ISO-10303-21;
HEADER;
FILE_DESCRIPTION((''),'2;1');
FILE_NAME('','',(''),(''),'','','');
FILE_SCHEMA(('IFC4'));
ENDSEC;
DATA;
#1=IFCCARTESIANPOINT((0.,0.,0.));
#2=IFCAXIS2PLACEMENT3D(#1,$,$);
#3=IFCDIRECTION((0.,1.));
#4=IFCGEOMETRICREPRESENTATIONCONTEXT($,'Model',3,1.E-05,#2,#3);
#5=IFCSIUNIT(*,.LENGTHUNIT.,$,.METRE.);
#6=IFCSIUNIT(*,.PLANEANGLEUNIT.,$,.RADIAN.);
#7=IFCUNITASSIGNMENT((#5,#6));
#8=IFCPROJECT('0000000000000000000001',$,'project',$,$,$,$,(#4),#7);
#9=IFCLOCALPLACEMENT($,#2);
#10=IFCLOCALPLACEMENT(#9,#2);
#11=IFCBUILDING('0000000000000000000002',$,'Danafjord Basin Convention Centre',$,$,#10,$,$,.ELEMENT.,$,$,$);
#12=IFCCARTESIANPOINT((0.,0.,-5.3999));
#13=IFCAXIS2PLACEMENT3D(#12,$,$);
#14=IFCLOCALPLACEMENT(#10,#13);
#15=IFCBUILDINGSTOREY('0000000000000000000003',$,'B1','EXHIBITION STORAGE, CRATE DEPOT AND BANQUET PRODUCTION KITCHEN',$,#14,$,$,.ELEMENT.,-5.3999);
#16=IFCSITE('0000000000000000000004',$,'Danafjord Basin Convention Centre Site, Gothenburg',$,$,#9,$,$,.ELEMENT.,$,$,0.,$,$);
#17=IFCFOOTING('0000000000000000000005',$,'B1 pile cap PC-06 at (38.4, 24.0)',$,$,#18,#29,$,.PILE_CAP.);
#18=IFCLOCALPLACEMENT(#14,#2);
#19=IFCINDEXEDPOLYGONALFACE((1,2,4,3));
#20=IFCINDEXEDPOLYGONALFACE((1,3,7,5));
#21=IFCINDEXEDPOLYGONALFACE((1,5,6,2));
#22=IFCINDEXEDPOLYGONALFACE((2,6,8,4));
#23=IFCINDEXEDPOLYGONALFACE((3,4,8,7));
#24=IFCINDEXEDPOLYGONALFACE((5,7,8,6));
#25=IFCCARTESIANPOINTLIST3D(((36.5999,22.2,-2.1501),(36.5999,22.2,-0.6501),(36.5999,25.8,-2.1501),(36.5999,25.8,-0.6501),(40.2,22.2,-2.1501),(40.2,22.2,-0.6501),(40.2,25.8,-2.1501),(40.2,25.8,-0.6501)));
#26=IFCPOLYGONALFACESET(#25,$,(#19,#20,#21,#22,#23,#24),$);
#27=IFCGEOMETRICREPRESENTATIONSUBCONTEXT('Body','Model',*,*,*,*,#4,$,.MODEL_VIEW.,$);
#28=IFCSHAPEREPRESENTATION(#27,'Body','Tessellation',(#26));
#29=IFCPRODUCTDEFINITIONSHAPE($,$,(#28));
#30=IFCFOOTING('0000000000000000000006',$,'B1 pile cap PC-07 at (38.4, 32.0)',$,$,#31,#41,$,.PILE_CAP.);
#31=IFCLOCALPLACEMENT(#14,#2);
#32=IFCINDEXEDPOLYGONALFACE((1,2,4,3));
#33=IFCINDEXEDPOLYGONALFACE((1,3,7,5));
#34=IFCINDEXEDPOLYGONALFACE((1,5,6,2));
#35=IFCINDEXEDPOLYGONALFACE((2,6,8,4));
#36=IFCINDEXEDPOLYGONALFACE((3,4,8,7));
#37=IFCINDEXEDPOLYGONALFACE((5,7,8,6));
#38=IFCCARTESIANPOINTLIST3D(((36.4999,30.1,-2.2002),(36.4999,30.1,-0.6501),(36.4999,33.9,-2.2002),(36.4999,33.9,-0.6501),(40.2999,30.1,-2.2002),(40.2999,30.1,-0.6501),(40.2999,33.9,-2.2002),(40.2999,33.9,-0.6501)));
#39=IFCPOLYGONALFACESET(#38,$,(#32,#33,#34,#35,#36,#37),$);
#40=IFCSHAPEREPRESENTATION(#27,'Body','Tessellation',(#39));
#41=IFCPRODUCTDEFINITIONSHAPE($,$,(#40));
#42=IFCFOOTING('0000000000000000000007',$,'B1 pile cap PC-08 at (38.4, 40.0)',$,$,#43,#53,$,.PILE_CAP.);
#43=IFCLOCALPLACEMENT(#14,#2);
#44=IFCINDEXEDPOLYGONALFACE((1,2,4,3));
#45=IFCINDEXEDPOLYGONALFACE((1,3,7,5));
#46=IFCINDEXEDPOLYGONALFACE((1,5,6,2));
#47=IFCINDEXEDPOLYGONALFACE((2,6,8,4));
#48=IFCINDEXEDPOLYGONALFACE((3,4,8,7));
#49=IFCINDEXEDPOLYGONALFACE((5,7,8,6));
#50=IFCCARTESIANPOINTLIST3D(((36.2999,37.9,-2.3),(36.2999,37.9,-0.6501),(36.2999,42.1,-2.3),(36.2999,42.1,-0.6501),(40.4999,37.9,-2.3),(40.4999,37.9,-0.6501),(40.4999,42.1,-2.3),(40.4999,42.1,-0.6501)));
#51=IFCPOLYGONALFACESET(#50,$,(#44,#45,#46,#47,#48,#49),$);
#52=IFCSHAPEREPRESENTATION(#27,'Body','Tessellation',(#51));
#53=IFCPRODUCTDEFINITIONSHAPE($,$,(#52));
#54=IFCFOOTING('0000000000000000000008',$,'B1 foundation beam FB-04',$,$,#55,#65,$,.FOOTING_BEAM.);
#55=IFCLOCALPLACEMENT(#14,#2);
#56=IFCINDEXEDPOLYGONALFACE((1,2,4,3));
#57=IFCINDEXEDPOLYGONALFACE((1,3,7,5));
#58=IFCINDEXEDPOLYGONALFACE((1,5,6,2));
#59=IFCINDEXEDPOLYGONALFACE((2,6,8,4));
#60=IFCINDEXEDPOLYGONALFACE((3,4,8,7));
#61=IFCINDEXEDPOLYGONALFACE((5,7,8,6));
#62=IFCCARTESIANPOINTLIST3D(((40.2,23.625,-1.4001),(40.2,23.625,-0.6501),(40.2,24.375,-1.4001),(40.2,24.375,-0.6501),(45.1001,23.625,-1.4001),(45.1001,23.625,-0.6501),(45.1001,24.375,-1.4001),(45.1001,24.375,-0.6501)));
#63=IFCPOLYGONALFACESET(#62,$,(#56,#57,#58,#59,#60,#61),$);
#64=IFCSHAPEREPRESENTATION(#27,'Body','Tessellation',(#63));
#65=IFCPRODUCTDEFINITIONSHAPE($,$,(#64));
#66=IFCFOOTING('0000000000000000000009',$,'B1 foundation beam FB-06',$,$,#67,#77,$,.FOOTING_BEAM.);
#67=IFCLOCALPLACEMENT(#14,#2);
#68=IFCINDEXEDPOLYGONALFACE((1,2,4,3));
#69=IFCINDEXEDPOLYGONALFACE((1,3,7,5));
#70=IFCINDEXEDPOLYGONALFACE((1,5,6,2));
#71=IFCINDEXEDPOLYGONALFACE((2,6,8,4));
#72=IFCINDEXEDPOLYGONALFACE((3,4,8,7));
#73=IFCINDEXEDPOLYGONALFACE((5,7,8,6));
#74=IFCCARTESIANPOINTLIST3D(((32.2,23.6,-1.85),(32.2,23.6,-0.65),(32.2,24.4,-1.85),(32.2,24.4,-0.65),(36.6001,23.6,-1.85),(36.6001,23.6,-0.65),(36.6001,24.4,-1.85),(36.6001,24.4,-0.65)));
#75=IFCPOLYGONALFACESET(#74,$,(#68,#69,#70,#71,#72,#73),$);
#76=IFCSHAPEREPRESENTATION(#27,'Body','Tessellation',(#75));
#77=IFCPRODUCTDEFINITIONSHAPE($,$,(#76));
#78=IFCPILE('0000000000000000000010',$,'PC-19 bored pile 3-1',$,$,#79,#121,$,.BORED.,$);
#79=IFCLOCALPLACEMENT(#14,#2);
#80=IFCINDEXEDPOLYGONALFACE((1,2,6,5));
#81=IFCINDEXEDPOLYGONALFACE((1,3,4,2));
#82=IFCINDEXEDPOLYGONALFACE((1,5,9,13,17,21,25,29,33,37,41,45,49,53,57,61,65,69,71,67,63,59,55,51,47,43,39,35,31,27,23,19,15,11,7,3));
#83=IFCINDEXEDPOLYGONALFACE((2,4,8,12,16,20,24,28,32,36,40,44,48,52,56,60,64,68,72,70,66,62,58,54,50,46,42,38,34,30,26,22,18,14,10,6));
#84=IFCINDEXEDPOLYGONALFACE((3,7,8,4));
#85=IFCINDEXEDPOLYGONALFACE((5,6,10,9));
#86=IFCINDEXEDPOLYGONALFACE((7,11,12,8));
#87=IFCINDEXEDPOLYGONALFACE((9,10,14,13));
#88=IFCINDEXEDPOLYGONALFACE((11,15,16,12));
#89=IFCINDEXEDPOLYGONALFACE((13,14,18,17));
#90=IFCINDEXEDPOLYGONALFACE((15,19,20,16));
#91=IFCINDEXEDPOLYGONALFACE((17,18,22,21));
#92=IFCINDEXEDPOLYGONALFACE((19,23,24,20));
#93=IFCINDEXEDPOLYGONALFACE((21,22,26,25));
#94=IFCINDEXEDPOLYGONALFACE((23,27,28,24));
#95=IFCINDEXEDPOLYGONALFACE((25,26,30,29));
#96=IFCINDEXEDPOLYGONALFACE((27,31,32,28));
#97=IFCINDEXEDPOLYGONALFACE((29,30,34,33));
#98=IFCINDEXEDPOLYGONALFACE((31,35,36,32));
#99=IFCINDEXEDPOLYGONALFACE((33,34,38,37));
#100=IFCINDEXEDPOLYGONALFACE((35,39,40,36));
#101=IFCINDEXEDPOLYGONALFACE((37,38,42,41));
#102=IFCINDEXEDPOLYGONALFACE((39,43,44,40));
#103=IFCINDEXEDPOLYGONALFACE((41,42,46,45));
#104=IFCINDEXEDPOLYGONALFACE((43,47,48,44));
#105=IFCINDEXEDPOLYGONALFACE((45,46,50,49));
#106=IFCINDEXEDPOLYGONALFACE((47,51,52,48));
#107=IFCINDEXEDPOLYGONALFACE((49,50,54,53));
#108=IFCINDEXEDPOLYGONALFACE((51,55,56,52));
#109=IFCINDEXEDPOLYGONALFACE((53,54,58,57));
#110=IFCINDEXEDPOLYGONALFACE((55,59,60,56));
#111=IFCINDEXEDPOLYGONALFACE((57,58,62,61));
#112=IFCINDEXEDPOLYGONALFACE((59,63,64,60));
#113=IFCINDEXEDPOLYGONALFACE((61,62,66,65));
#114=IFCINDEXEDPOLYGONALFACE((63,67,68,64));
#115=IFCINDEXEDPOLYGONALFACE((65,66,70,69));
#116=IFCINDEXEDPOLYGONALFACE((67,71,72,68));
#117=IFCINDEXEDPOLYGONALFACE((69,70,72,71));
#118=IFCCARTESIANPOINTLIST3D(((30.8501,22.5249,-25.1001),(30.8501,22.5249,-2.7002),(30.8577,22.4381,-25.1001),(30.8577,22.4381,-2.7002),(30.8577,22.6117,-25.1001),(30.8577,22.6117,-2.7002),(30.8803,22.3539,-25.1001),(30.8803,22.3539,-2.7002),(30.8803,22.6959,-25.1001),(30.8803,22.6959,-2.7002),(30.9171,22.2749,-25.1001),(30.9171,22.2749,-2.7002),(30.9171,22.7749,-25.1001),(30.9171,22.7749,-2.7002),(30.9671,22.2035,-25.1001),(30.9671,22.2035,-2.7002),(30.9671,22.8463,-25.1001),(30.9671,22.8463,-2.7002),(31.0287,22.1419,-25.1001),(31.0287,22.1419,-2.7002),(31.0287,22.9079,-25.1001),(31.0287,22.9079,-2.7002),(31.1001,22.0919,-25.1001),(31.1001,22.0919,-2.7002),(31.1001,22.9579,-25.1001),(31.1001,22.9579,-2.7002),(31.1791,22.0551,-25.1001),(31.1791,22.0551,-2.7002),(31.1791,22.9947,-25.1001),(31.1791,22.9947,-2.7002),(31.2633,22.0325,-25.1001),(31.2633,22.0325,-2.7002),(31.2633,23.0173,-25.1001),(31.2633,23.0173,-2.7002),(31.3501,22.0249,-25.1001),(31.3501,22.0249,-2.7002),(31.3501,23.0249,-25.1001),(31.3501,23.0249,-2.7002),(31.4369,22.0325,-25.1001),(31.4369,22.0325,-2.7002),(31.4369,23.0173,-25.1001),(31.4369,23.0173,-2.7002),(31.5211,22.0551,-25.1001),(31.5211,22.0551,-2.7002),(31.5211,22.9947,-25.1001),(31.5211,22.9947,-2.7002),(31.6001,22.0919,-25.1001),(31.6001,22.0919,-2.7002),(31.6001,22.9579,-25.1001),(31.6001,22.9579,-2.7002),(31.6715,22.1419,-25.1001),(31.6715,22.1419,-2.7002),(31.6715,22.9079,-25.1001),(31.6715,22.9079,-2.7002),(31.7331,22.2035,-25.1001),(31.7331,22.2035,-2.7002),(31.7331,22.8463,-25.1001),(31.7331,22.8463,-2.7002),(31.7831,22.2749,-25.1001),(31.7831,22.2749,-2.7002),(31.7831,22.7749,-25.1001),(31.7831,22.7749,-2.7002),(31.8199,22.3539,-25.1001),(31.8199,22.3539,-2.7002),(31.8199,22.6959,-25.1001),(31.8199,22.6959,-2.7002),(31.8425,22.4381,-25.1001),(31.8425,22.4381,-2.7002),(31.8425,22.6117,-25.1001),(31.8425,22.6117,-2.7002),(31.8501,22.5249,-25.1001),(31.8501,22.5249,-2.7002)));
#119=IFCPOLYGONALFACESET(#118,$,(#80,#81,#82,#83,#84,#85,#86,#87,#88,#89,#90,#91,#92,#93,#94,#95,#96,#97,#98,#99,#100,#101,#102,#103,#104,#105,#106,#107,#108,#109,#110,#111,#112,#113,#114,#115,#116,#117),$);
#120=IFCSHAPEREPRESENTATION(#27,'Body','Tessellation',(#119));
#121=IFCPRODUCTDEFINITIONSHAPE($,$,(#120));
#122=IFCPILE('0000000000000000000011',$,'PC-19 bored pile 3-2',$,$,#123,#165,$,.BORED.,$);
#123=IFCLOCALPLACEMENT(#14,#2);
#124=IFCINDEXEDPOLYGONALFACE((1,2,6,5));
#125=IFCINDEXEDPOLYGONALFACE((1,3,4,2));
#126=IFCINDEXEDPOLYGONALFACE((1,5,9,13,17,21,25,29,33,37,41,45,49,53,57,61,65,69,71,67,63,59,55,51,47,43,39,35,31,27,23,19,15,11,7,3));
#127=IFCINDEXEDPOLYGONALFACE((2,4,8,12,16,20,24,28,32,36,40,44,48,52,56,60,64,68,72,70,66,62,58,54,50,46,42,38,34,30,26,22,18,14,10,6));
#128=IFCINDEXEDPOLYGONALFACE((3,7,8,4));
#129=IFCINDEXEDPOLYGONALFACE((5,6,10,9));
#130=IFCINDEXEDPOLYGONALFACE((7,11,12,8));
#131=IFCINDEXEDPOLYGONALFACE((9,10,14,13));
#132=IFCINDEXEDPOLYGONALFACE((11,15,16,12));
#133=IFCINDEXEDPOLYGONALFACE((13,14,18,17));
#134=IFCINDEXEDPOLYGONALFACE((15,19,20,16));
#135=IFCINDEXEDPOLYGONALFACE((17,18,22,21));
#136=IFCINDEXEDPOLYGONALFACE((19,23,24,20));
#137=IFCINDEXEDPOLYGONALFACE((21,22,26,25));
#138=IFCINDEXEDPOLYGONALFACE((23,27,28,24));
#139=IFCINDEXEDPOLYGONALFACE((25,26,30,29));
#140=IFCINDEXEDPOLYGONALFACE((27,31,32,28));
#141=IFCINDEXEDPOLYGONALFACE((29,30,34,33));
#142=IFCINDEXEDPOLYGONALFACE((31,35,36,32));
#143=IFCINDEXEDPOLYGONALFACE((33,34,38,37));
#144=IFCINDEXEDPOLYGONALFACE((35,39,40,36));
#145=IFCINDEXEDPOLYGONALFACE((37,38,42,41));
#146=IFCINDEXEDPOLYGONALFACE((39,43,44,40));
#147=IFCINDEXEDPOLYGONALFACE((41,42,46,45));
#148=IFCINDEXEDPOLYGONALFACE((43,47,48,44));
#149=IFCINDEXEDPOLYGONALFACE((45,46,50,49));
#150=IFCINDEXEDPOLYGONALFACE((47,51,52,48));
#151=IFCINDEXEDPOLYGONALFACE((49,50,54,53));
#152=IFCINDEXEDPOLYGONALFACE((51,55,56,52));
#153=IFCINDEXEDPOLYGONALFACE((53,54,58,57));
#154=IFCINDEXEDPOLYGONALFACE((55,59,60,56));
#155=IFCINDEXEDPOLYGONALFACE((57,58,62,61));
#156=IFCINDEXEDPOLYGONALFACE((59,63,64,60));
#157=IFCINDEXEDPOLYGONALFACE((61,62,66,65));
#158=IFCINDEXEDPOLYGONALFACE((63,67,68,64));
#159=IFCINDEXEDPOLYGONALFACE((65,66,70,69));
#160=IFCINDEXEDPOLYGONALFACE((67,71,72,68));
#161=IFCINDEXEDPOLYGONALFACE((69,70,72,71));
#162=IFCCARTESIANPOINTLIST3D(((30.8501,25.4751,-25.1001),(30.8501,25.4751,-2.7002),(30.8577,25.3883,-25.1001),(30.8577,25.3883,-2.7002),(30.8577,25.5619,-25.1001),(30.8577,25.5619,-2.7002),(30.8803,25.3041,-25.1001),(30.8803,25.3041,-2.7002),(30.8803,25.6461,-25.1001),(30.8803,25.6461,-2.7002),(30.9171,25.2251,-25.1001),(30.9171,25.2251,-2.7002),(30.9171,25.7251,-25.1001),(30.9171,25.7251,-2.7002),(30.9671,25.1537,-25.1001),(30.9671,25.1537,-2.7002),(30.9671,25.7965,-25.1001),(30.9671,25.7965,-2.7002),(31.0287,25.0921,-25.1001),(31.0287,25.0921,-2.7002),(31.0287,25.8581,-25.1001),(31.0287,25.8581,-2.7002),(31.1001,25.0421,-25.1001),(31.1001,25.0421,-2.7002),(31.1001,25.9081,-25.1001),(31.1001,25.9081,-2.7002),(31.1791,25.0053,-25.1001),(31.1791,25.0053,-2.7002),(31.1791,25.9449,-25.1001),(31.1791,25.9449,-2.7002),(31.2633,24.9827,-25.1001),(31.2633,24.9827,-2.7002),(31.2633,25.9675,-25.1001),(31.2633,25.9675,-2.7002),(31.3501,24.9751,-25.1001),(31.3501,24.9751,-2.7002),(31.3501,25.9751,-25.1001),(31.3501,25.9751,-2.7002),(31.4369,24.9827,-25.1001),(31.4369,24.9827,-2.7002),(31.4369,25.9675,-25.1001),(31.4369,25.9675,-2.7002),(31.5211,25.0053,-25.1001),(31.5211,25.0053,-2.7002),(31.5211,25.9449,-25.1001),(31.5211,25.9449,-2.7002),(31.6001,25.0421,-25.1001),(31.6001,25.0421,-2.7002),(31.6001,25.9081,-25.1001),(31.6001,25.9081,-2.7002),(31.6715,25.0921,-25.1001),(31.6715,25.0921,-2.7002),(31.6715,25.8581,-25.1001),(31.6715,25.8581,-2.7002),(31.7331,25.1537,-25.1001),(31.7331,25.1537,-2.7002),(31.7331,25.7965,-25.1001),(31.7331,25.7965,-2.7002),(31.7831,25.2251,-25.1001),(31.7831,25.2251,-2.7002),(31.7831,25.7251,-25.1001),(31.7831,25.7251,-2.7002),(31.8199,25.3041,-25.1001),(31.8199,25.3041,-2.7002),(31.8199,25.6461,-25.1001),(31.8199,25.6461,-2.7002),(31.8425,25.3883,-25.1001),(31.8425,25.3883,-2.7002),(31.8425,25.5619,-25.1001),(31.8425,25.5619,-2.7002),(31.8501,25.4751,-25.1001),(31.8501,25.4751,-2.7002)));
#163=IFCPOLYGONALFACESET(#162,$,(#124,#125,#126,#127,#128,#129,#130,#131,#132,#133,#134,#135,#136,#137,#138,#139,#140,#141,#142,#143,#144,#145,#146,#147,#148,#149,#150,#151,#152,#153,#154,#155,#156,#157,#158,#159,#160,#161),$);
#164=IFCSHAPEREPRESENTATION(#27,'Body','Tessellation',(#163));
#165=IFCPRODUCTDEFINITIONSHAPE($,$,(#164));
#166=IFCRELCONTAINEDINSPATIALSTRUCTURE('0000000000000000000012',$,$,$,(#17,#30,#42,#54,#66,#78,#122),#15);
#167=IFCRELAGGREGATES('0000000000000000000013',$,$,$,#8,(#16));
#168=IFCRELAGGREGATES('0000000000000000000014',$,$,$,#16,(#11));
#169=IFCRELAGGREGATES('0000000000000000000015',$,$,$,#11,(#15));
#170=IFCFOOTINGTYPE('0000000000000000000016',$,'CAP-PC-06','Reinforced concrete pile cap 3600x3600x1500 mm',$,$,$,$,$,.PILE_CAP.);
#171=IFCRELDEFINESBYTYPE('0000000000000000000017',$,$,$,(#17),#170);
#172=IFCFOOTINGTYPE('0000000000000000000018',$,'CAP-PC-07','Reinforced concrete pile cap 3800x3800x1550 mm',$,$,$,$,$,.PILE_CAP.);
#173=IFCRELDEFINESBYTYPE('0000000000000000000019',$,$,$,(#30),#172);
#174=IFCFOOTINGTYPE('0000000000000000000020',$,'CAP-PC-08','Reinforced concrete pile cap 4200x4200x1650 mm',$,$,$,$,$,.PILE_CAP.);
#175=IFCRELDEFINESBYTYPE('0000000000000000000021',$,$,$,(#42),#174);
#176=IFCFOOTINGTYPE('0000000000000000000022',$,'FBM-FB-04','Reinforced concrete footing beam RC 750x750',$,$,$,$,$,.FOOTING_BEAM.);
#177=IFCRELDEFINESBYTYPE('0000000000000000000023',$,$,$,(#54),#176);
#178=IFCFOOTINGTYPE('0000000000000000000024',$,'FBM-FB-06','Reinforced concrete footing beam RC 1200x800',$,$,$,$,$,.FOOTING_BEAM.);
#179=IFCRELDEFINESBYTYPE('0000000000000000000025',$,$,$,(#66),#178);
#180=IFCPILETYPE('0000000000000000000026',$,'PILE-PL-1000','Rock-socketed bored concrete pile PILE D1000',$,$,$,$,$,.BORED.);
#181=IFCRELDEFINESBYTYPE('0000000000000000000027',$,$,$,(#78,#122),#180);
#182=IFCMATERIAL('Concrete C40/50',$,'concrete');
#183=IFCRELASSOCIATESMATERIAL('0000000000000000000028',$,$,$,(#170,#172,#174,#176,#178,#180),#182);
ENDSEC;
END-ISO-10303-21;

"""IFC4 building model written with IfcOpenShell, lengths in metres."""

from ifc_helpers import new_model, si_unit, direction, frame, origin, origin_2d, place, context, subcontext, project, spatial, rectangle, circle, extrude, material, material_profile, profile_set, type_object, element, save


model = new_model("IFC4")

# Units and contexts
model_context = context("Model", 3, precision=1e-05, world=origin(), true_north=direction((0.0, 1.0)))
body_context = subcontext(model_context, "Body", "Model", "MODEL_VIEW")
ifc_project = project(units=[si_unit("LENGTHUNIT", "METRE"), si_unit("PLANEANGLEUNIT", "RADIAN")], contexts=[model_context])

# Site, building, storey
site_placement = place(None, origin())
site = spatial("IfcSite", under=ifc_project, at=site_placement, Name="Danafjord Basin Convention Centre Site, Gothenburg", CompositionType="ELEMENT", RefElevation=0.0)
building_placement = place(site_placement, origin())
building = spatial("IfcBuilding", under=site, at=building_placement, Name="Danafjord Basin Convention Centre", CompositionType="ELEMENT")
storey_placement = place(building_placement, frame((0.0, 0.0, -5.3999)))
storey = spatial("IfcBuildingStorey", under=building, at=storey_placement, Name="B1", Description="EXHIBITION STORAGE, CRATE DEPOT AND BANQUET PRODUCTION KITCHEN", CompositionType="ELEMENT", Elevation=-5.3999)

# Footings
ifc_material_1 = material(Name="Concrete C40/50", Category="concrete")
footing_type_1 = type_object("IfcFootingType", Name="CAP-PC-06", Description="Reinforced concrete pile cap 3600x3600x1500 mm", PredefinedType="PILE_CAP", material=ifc_material_1)
footing_1_placement = place(storey_placement, frame((38.3999, 24.0, -2.1501), z_axis=(0.0, 0.0, 1.0), x_axis=(1.0, 0.0, 0.0)))
element("IfcFooting", 1, at=footing_1_placement, inside=storey, type_object=footing_type_1, Name="B1 pile cap PC-06 at (38.4, 24.0)", PredefinedType="PILE_CAP", context=body_context, shape_type="SweptSolid", body=[
    extrude(rectangle(XDim=3.6001, YDim=3.6001, at=origin_2d()), origin(), (0.0, 0.0, 1.0), 1.5),
])
footing_type_2 = type_object("IfcFootingType", Name="CAP-PC-07", Description="Reinforced concrete pile cap 3800x3800x1550 mm", PredefinedType="PILE_CAP", material=ifc_material_1)
footing_2_placement = place(storey_placement, frame((38.3999, 32.0, -2.2002), z_axis=(0.0, 0.0, 1.0), x_axis=(1.0, 0.0, 0.0)))
element("IfcFooting", 2, at=footing_2_placement, inside=storey, type_object=footing_type_2, Name="B1 pile cap PC-07 at (38.4, 32.0)", PredefinedType="PILE_CAP", context=body_context, shape_type="SweptSolid", body=[
    extrude(rectangle(XDim=3.8, YDim=3.8, at=origin_2d()), origin(), (0.0, 0.0, 1.0), 1.55),
])
footing_type_3 = type_object("IfcFootingType", Name="CAP-PC-08", Description="Reinforced concrete pile cap 4200x4200x1650 mm", PredefinedType="PILE_CAP", material=ifc_material_1)
footing_3_placement = place(storey_placement, frame((38.3999, 40.0, -2.3), z_axis=(0.0, 0.0, 1.0), x_axis=(1.0, 0.0, 0.0)))
element("IfcFooting", 3, at=footing_3_placement, inside=storey, type_object=footing_type_3, Name="B1 pile cap PC-08 at (38.4, 40.0)", PredefinedType="PILE_CAP", context=body_context, shape_type="SweptSolid", body=[
    extrude(rectangle(XDim=4.2, YDim=4.2, at=origin_2d()), origin(), (0.0, 0.0, 1.0), 1.6499),
])
ifc_material_profile_1 = material_profile(ifc_material_1, rectangle(XDim=0.75, YDim=0.75, at=origin_2d()), Name="RC 750x750")
ifc_profile_set_1 = profile_set([ifc_material_profile_1], Name="Concrete C40/50")
footing_type_4 = type_object("IfcFootingType", Name="FBM-FB-04", Description="Reinforced concrete footing beam RC 750x750", PredefinedType="FOOTING_BEAM", material=ifc_profile_set_1)
footing_4_placement = place(storey_placement, frame((40.2, 24.0, -1.0251), z_axis=(1.0, 0.0, 0.0), x_axis=(0.0, 1.0, 0.0)))
element("IfcFooting", 4, at=footing_4_placement, inside=storey, type_object=footing_type_4, Name="B1 foundation beam FB-04", PredefinedType="FOOTING_BEAM", context=body_context, shape_type="SweptSolid", body=[
    extrude(rectangle(XDim=0.75, YDim=0.75, at=origin_2d()), origin(), (0.0, 0.0, 1.0), 4.9001),
])
ifc_material_profile_2 = material_profile(ifc_material_1, rectangle(XDim=0.8, YDim=1.2, at=origin_2d()), Name="RC 1200x800")
ifc_profile_set_2 = profile_set([ifc_material_profile_2], Name="Concrete C40/50")
footing_type_5 = type_object("IfcFootingType", Name="FBM-FB-06", Description="Reinforced concrete footing beam RC 1200x800", PredefinedType="FOOTING_BEAM", material=ifc_profile_set_2)
footing_5_placement = place(storey_placement, frame((32.2, 24.0, -1.25), z_axis=(1.0, 0.0, 0.0), x_axis=(0.0, 1.0, 0.0)))
element("IfcFooting", 5, at=footing_5_placement, inside=storey, type_object=footing_type_5, Name="B1 foundation beam FB-06", PredefinedType="FOOTING_BEAM", context=body_context, shape_type="SweptSolid", body=[
    extrude(rectangle(XDim=0.8, YDim=1.2, at=origin_2d()), origin(), (0.0, 0.0, 1.0), 4.4001),
])

# Piles
ifc_material_profile_3 = material_profile(ifc_material_1, circle(Radius=0.5, at=origin_2d()), Name="PILE D1000")
ifc_profile_set_3 = profile_set([ifc_material_profile_3], Name="Concrete C40/50")
pile_type_1 = type_object("IfcPileType", Name="PILE-PL-1000", Description="Rock-socketed bored concrete pile PILE D1000", PredefinedType="BORED", material=ifc_profile_set_3)
for number, where, z_axis, x_axis, name in (
    (6, (31.3501, 22.5249, -2.7002), (0.0, 0.0, -1.0), (1.0, 0.0, 0.0), "PC-19 bored pile 3-1"),
    (7, (31.3501, 25.4751, -2.7002), (0.0, 0.0, -1.0), (1.0, 0.0, 0.0), "PC-19 bored pile 3-2"),
):
    element("IfcPile", number, at=place(storey_placement, frame(where, z_axis=z_axis, x_axis=x_axis)), inside=storey, type_object=pile_type_1, Name=name, PredefinedType="BORED", context=body_context, shape_type="SweptSolid", body=[
        extrude(circle(Radius=0.5, at=origin_2d()), origin(), (0.0, 0.0, 1.0), 22.3999),
    ])

save(model, "model.ifc")
